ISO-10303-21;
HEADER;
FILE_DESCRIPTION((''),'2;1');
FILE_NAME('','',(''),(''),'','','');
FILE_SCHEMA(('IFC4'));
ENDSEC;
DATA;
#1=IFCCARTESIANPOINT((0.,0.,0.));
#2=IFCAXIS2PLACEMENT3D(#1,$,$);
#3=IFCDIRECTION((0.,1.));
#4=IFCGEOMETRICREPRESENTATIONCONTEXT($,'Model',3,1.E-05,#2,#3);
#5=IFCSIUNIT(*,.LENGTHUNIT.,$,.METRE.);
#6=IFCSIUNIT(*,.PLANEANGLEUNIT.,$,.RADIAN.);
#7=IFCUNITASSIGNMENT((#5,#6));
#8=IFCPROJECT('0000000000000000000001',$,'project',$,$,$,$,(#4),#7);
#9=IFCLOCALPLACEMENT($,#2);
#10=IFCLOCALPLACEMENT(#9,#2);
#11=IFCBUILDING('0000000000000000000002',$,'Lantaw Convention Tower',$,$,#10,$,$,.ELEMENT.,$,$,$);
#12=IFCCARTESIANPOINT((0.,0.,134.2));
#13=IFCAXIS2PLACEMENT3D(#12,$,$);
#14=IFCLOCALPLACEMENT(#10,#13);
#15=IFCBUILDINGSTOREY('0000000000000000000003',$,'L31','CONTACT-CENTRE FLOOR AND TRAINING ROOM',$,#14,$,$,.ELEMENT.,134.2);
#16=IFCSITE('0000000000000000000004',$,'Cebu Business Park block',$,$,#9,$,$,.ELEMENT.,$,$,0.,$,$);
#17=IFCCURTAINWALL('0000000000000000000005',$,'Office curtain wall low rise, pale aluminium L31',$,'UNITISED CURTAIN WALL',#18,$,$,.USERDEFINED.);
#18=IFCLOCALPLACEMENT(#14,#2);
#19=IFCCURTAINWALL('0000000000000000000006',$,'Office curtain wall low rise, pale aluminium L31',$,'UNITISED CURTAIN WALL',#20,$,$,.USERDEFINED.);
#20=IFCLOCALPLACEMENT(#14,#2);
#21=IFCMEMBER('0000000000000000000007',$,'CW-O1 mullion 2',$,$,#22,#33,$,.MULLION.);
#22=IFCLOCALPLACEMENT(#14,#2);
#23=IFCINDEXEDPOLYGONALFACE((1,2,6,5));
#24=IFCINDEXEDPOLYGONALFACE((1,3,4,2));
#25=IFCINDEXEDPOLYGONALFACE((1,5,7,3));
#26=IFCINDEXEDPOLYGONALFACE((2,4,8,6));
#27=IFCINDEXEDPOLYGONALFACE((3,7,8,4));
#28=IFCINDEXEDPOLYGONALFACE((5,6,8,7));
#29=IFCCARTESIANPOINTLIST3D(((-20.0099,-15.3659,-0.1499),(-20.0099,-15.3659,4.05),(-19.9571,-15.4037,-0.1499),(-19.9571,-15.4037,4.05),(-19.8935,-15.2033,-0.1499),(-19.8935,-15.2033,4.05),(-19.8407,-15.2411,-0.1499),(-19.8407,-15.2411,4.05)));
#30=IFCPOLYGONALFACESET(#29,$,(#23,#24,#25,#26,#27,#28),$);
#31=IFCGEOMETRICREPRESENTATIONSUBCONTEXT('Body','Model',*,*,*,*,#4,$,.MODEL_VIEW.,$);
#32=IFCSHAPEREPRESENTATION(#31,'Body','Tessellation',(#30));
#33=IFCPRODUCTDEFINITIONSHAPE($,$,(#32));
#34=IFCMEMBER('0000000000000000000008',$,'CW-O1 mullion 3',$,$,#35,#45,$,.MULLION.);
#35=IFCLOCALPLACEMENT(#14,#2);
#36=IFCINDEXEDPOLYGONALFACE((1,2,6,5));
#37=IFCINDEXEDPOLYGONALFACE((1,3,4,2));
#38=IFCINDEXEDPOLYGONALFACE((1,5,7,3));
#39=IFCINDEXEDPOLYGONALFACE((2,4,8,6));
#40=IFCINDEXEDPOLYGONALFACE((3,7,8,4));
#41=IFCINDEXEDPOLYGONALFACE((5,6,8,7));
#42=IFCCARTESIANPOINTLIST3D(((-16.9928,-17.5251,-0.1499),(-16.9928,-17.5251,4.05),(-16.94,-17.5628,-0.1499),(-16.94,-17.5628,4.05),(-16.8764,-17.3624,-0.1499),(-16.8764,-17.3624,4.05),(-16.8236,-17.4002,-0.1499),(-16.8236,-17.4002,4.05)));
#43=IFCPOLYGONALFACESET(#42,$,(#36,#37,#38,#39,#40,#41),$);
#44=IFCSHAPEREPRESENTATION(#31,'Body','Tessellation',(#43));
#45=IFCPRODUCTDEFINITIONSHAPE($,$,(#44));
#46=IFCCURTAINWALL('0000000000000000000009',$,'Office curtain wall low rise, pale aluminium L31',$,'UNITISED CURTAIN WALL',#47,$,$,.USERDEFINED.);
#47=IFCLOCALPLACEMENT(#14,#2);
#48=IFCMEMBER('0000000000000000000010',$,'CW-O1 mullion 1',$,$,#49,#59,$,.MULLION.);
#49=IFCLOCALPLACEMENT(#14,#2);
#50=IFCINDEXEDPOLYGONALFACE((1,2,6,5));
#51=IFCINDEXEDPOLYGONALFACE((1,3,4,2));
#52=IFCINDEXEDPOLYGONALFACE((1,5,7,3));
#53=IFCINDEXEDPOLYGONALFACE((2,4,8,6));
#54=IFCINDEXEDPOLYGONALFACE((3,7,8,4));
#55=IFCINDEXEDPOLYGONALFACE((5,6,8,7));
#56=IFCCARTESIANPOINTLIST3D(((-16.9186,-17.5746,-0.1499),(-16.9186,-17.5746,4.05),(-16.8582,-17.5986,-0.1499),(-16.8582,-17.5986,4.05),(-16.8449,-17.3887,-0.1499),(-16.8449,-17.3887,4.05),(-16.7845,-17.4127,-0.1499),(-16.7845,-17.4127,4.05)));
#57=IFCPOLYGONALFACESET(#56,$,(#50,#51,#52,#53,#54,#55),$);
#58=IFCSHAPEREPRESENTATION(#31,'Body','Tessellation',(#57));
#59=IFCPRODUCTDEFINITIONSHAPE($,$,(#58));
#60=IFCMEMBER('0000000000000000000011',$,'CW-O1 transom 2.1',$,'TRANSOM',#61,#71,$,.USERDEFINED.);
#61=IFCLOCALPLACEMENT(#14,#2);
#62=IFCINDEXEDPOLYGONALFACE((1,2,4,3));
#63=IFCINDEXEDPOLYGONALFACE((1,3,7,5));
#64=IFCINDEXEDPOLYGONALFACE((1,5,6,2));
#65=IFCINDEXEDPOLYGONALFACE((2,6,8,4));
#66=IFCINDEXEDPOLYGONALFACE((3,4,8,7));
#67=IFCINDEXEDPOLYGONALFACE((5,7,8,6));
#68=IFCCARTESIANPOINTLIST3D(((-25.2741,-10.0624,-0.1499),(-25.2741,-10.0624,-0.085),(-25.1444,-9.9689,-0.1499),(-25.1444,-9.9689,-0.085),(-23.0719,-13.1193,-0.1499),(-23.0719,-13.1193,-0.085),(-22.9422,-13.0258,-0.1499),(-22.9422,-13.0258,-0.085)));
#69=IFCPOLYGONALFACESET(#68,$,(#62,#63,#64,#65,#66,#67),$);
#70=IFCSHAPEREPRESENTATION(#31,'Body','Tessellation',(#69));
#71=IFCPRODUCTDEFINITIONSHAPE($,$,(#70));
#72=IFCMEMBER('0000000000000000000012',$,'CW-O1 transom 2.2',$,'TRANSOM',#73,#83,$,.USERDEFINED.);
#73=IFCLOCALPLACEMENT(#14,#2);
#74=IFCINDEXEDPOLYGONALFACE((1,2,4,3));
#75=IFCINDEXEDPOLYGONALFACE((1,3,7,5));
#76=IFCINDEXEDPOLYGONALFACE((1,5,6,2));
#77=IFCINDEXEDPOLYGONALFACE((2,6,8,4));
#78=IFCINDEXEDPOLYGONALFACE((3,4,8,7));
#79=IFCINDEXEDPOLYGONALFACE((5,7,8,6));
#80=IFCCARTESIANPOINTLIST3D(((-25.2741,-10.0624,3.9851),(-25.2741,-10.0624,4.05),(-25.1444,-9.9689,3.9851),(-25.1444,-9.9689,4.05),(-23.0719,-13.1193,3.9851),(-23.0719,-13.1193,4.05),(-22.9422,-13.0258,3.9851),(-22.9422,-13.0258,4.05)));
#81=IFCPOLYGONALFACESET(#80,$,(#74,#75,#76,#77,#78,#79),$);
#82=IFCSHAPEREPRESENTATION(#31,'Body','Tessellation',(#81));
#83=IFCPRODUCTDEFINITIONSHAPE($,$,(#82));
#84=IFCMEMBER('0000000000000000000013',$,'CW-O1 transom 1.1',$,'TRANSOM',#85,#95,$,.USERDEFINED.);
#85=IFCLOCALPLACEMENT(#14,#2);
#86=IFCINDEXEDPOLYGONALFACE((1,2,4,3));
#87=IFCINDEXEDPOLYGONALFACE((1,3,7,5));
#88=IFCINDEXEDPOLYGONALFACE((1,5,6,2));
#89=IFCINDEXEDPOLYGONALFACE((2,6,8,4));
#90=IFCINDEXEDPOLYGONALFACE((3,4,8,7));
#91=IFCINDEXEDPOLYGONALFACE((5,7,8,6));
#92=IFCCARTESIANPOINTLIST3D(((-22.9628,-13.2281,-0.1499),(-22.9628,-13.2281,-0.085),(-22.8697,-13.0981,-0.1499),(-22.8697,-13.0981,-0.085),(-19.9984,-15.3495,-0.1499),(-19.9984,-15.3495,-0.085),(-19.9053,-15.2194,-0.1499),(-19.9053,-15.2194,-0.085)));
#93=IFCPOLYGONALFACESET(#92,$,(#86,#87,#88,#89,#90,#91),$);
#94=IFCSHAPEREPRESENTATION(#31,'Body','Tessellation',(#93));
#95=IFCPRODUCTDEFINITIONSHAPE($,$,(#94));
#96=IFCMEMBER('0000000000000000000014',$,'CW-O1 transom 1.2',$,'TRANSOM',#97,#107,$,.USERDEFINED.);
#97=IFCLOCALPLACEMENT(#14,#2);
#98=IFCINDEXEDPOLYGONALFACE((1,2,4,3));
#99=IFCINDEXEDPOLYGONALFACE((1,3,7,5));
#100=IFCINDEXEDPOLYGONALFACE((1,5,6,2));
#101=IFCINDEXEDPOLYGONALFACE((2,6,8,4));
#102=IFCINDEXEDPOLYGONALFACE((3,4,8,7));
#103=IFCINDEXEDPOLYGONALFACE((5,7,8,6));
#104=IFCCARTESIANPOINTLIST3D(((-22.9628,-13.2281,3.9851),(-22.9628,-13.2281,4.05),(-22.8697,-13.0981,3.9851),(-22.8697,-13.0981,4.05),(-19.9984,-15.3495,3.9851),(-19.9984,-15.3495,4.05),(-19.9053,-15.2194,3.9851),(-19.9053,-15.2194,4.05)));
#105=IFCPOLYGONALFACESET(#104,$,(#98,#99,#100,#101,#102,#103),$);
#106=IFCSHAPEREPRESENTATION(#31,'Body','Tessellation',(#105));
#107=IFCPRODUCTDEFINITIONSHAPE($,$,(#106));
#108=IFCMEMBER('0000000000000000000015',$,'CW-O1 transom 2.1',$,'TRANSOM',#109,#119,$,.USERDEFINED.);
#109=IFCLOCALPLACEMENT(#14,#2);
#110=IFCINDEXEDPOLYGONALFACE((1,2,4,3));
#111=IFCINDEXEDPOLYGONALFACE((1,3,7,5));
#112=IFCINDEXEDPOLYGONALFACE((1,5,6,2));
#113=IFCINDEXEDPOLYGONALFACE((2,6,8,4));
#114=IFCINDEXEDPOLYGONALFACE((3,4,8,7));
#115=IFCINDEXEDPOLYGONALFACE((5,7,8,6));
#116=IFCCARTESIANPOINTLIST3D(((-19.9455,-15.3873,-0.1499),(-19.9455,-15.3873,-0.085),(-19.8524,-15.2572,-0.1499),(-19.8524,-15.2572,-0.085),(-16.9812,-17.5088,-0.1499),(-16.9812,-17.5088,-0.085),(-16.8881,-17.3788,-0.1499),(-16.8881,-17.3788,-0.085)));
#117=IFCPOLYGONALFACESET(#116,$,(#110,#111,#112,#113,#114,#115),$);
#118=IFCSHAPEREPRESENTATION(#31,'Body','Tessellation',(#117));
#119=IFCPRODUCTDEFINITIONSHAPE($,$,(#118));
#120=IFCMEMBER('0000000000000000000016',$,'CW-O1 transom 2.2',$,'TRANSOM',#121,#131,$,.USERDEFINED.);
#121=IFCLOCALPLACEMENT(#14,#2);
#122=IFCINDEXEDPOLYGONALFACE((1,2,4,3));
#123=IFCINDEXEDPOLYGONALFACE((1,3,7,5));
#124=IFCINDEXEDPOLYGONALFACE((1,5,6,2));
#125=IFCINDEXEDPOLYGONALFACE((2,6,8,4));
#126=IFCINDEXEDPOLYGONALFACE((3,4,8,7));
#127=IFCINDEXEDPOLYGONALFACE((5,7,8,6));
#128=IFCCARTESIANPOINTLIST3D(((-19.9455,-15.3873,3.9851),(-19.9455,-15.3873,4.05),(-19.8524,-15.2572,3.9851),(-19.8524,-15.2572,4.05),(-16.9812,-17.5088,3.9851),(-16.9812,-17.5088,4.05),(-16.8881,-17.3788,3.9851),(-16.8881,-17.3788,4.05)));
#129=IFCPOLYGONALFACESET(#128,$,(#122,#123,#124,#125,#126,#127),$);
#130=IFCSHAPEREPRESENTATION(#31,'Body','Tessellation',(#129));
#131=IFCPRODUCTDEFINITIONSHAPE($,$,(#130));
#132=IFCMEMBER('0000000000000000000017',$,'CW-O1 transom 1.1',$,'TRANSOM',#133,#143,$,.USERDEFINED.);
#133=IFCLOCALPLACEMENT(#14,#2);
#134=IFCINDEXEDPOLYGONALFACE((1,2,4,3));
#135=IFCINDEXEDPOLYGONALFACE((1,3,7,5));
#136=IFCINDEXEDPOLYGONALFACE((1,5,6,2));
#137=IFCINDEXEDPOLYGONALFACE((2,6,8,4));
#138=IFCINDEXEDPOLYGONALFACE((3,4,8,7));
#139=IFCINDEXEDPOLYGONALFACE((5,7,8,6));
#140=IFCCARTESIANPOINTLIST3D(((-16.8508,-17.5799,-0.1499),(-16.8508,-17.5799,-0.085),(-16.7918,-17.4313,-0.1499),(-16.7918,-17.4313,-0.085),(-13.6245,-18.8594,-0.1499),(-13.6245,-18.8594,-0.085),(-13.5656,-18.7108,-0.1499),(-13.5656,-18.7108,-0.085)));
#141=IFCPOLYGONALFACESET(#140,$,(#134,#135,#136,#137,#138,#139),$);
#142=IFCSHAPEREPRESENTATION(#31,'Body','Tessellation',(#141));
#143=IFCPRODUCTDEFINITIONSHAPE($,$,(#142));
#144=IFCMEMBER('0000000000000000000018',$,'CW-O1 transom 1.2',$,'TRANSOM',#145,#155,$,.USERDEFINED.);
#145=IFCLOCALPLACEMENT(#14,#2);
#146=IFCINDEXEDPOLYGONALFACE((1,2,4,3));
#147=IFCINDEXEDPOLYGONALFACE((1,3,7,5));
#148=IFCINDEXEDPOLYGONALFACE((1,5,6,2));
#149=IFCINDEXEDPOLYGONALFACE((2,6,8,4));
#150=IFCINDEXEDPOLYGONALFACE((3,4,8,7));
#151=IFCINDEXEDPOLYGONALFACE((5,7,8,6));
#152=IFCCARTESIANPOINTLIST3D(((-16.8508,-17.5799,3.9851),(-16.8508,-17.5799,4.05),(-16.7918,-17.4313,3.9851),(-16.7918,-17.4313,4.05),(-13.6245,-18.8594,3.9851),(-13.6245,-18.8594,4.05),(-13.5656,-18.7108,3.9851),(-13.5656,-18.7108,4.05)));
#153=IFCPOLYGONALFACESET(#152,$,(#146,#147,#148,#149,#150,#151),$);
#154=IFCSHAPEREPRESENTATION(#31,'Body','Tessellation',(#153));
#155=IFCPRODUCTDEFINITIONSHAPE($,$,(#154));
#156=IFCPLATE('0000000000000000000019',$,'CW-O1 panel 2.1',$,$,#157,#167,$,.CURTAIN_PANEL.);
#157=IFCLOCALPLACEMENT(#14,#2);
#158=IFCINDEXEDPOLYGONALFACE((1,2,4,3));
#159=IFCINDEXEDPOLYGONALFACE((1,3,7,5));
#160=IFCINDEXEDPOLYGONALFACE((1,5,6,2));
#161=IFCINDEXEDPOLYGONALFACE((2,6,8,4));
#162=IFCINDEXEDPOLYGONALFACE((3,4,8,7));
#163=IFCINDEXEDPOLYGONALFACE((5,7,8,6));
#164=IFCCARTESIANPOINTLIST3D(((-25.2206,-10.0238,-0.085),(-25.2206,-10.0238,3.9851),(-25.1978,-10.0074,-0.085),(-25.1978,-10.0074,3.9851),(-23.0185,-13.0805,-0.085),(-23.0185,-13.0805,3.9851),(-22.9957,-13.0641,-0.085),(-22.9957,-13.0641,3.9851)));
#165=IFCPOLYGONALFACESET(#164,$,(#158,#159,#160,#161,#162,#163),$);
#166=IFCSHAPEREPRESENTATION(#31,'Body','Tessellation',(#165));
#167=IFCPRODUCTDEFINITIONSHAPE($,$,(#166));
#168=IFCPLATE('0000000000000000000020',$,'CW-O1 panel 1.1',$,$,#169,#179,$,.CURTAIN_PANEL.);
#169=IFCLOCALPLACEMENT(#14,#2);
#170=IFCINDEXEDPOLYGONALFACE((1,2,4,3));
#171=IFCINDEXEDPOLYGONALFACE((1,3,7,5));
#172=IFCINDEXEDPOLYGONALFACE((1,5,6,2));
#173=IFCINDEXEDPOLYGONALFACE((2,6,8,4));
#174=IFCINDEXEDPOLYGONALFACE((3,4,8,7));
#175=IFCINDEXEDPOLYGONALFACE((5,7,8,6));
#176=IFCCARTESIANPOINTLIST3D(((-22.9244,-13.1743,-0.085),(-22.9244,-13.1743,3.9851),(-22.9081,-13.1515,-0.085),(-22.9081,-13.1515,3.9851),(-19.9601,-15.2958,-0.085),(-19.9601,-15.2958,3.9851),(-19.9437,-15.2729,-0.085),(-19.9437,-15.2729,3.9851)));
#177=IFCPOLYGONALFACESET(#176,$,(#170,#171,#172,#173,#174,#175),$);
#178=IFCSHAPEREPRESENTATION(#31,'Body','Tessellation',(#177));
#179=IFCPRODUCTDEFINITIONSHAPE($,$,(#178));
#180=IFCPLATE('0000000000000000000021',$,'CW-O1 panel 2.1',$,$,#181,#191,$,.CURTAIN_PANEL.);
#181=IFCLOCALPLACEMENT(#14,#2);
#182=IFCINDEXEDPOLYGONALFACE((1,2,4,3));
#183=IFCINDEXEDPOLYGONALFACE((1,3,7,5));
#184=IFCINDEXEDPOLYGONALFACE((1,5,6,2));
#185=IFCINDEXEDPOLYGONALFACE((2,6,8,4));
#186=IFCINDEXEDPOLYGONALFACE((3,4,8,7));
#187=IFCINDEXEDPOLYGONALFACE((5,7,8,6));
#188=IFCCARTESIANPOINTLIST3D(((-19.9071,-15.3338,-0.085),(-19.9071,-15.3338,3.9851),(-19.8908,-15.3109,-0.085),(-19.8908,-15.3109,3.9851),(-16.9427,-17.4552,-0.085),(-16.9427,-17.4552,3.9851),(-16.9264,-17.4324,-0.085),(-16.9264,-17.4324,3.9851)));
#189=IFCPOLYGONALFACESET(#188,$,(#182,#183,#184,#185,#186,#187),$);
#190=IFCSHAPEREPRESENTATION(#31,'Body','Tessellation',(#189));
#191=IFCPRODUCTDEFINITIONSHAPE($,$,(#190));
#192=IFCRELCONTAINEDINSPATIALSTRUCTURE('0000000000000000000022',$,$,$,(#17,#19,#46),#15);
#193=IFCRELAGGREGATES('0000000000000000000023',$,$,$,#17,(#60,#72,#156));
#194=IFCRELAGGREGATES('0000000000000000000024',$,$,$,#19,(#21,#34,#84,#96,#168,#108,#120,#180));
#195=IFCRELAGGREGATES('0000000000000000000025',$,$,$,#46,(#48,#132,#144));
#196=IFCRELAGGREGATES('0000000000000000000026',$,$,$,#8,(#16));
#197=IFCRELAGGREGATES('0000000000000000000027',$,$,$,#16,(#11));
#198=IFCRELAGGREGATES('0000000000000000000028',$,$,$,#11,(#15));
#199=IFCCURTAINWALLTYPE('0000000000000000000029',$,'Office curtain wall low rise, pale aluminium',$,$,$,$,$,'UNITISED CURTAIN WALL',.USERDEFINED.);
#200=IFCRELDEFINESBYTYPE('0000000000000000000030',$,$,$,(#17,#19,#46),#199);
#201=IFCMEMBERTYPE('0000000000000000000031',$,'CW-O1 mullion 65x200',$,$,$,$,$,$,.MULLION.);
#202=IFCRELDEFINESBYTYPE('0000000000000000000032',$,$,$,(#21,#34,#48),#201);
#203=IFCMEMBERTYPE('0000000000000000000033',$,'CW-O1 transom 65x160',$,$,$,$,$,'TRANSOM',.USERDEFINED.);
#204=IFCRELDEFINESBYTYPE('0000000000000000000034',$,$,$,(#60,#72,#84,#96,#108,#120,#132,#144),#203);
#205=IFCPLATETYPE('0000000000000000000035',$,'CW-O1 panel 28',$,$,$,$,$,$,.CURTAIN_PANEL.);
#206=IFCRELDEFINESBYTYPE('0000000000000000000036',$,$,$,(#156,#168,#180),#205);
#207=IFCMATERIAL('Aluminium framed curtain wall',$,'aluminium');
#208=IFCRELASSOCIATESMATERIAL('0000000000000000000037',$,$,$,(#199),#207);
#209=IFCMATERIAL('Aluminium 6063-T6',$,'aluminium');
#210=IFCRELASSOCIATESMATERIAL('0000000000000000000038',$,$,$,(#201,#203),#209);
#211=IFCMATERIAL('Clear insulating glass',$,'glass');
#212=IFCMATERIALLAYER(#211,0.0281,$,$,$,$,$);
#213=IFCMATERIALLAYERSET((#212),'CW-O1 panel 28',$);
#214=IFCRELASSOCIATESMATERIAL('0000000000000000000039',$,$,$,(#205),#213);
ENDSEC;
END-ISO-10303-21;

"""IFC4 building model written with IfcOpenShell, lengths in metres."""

from ifc_helpers import new_model, si_unit, direction, frame, origin, origin_2d, place, context, subcontext, project, spatial, rectangle, extrude, material, layer, layer_set, material_profile, profile_set, type_object, element, aggregate, save


model = new_model("IFC4")

# Units and contexts
model_context = context("Model", 3, precision=1e-05, world=origin(), true_north=direction((0.0, 1.0)))
body_context = subcontext(model_context, "Body", "Model", "MODEL_VIEW")
ifc_project = project(units=[si_unit("LENGTHUNIT", "METRE"), si_unit("PLANEANGLEUNIT", "RADIAN")], contexts=[model_context])

# Site, building, storey
site_placement = place(None, origin())
site = spatial("IfcSite", under=ifc_project, at=site_placement, Name="Cebu Business Park block", CompositionType="ELEMENT", RefElevation=0.0)
building_placement = place(site_placement, origin())
building = spatial("IfcBuilding", under=site, at=building_placement, Name="Lantaw Convention Tower", CompositionType="ELEMENT")
storey_placement = place(building_placement, frame((0.0, 0.0, 134.2)))
storey = spatial("IfcBuildingStorey", under=building, at=storey_placement, Name="L31", Description="CONTACT-CENTRE FLOOR AND TRAINING ROOM", CompositionType="ELEMENT", Elevation=134.2)

# Curtain walls, members
ifc_material_1 = material(Name="Aluminium framed curtain wall", Category="aluminium")
curtain_wall_type = type_object("IfcCurtainWallType", Name="Office curtain wall low rise, pale aluminium", ElementType="UNITISED CURTAIN WALL", PredefinedType="USERDEFINED", material=ifc_material_1)
curtain_wall_1_placement = place(storey_placement, origin())
curtain_wall_1 = element("IfcCurtainWall", 1, at=curtain_wall_1_placement, inside=storey, type_object=curtain_wall_type, Name="Office curtain wall low rise, pale aluminium L31", ObjectType="UNITISED CURTAIN WALL", PredefinedType="USERDEFINED")
ifc_material_2 = material(Name="Aluminium 6063-T6", Category="aluminium")
ifc_material_profile_1 = material_profile(ifc_material_2, rectangle(XDim=0.2, YDim=0.0649, at=origin_2d()), Name="CW-O1 mullion 65x200")
ifc_profile_set_1 = profile_set([ifc_material_profile_1], Name="Aluminium 6063-T6")
member_type_1 = type_object("IfcMemberType", Name="CW-O1 mullion 65x200", PredefinedType="MULLION", material=ifc_profile_set_1)
curtain_wall_2_placement = place(storey_placement, origin())
curtain_wall_2 = element("IfcCurtainWall", 2, at=curtain_wall_2_placement, inside=storey, type_object=curtain_wall_type, Name="Office curtain wall low rise, pale aluminium L31", ObjectType="UNITISED CURTAIN WALL", PredefinedType="USERDEFINED")
member_1_placement = place(storey_placement, frame((-19.9253, -15.3035, -0.1499), z_axis=(0.0, 0.0, 1.0), x_axis=(0.581973, 0.813208, 0.0)))
member_1 = element("IfcMember", 3, at=member_1_placement, type_object=member_type_1, Name="CW-O1 mullion 2", PredefinedType="MULLION", context=body_context, shape_type="SweptSolid", body=[
    extrude(rectangle(XDim=0.2, YDim=0.0649, at=origin_2d()), origin(), (0.0, 0.0, 1.0), 4.2),
])
member_2_placement = place(storey_placement, frame((-16.9082, -17.4626, -0.1499), z_axis=(0.0, 0.0, 1.0), x_axis=(0.581973, 0.813208, 0.0)))
member_2 = element("IfcMember", 4, at=member_2_placement, type_object=member_type_1, Name="CW-O1 mullion 3", PredefinedType="MULLION", context=body_context, shape_type="SweptSolid", body=[
    extrude(rectangle(XDim=0.2, YDim=0.0649, at=origin_2d()), origin(), (0.0, 0.0, 1.0), 4.2),
])

# Curtain wall, member
curtain_wall_3_placement = place(storey_placement, origin())
curtain_wall_3 = element("IfcCurtainWall", 5, at=curtain_wall_3_placement, inside=storey, type_object=curtain_wall_type, Name="Office curtain wall low rise, pale aluminium L31", ObjectType="UNITISED CURTAIN WALL", PredefinedType="USERDEFINED")
member_3_placement = place(storey_placement, frame((-16.8516, -17.4937, -0.1499), z_axis=(0.0, 0.0, 1.0), x_axis=(0.368702, 0.929548, 0.0)))
member_3 = element("IfcMember", 6, at=member_3_placement, type_object=member_type_1, Name="CW-O1 mullion 1", PredefinedType="MULLION", context=body_context, shape_type="SweptSolid", body=[
    extrude(rectangle(XDim=0.2, YDim=0.0649, at=origin_2d()), origin(), (0.0, 0.0, 1.0), 4.2),
])

# Members
ifc_material_profile_2 = material_profile(ifc_material_2, rectangle(XDim=0.1599, YDim=0.0649, at=origin_2d()), Name="CW-O1 transom 65x160")
ifc_profile_set_2 = profile_set([ifc_material_profile_2], Name="Aluminium 6063-T6")
member_type_2 = type_object("IfcMemberType", Name="CW-O1 transom 65x160", ElementType="TRANSOM", PredefinedType="USERDEFINED", material=ifc_profile_set_2)
member_4_placement = place(storey_placement, frame((-25.2092, -10.0156, -0.1174), z_axis=(0.584513, -0.811384, 0.0), x_axis=(0.811384, 0.584513, 0.0)))
member_4 = element("IfcMember", 7, at=member_4_placement, type_object=member_type_2, Name="CW-O1 transom 2.1", ObjectType="TRANSOM", PredefinedType="USERDEFINED", context=body_context, shape_type="SweptSolid", body=[
    extrude(rectangle(XDim=0.1599, YDim=0.0649, at=origin_2d()), origin(), (0.0, 0.0, 1.0), 3.7676),
])
member_5_placement = place(storey_placement, frame((-25.2092, -10.0156, 4.0176), z_axis=(0.584513, -0.811384, 0.0), x_axis=(0.811384, 0.584513, 0.0)))
member_5 = element("IfcMember", 8, at=member_5_placement, type_object=member_type_2, Name="CW-O1 transom 2.2", ObjectType="TRANSOM", PredefinedType="USERDEFINED", context=body_context, shape_type="SweptSolid", body=[
    extrude(rectangle(XDim=0.1599, YDim=0.0649, at=origin_2d()), origin(), (0.0, 0.0, 1.0), 3.7676),
])
member_6_placement = place(storey_placement, frame((-22.9163, -13.1631, -0.1174), z_axis=(0.813222, -0.581954, 0.0), x_axis=(0.581954, 0.813222, 0.0)))
member_6 = element("IfcMember", 9, at=member_6_placement, type_object=member_type_2, Name="CW-O1 transom 1.1", ObjectType="TRANSOM", PredefinedType="USERDEFINED", context=body_context, shape_type="SweptSolid", body=[
    extrude(rectangle(XDim=0.1599, YDim=0.0649, at=origin_2d()), origin(), (0.0, 0.0, 1.0), 3.6453),
])
member_7_placement = place(storey_placement, frame((-22.9163, -13.1631, 4.0176), z_axis=(0.813222, -0.581954, 0.0), x_axis=(0.581954, 0.813222, 0.0)))
member_7 = element("IfcMember", 10, at=member_7_placement, type_object=member_type_2, Name="CW-O1 transom 1.2", ObjectType="TRANSOM", PredefinedType="USERDEFINED", context=body_context, shape_type="SweptSolid", body=[
    extrude(rectangle(XDim=0.1599, YDim=0.0649, at=origin_2d()), origin(), (0.0, 0.0, 1.0), 3.6453),
])
member_8_placement = place(storey_placement, frame((-19.8989, -15.3223, -0.1174), z_axis=(0.81319, -0.581998, 0.0), x_axis=(0.581998, 0.81319, 0.0)))
member_8 = element("IfcMember", 11, at=member_8_placement, type_object=member_type_2, Name="CW-O1 transom 2.1", ObjectType="TRANSOM", PredefinedType="USERDEFINED", context=body_context, shape_type="SweptSolid", body=[
    extrude(rectangle(XDim=0.1599, YDim=0.0649, at=origin_2d()), origin(), (0.0, 0.0, 1.0), 3.6453),
])
member_9_placement = place(storey_placement, frame((-19.8989, -15.3223, 4.0176), z_axis=(0.81319, -0.581998, 0.0), x_axis=(0.581998, 0.81319, 0.0)))
member_9 = element("IfcMember", 12, at=member_9_placement, type_object=member_type_2, Name="CW-O1 transom 2.2", ObjectType="TRANSOM", PredefinedType="USERDEFINED", context=body_context, shape_type="SweptSolid", body=[
    extrude(rectangle(XDim=0.1599, YDim=0.0649, at=origin_2d()), origin(), (0.0, 0.0, 1.0), 3.6453),
])
member_10_placement = place(storey_placement, frame((-16.8213, -17.5056, -0.1174), z_axis=(0.929564, -0.36866, 0.0), x_axis=(0.36866, 0.929564, 0.0)))
member_10 = element("IfcMember", 13, at=member_10_placement, type_object=member_type_2, Name="CW-O1 transom 1.1", ObjectType="TRANSOM", PredefinedType="USERDEFINED", context=body_context, shape_type="SweptSolid", body=[
    extrude(rectangle(XDim=0.1599, YDim=0.0649, at=origin_2d()), origin(), (0.0, 0.0, 1.0), 3.4707),
])
member_11_placement = place(storey_placement, frame((-16.8213, -17.5056, 4.0176), z_axis=(0.929564, -0.36866, 0.0), x_axis=(0.36866, 0.929564, 0.0)))
member_11 = element("IfcMember", 14, at=member_11_placement, type_object=member_type_2, Name="CW-O1 transom 1.2", ObjectType="TRANSOM", PredefinedType="USERDEFINED", context=body_context, shape_type="SweptSolid", body=[
    extrude(rectangle(XDim=0.1599, YDim=0.0649, at=origin_2d()), origin(), (0.0, 0.0, 1.0), 3.4707),
])

# Plates
ifc_material_3 = material(Name="Clear insulating glass", Category="glass")
ifc_layer_1 = layer(ifc_material_3, 0.0281)
ifc_layer_set_1 = layer_set([ifc_layer_1], Name="CW-O1 panel 28")
plate_type_1 = type_object("IfcPlateType", Name="CW-O1 panel 28", PredefinedType="CURTAIN_PANEL", material=ifc_layer_set_1)
plate_1_placement = place(storey_placement, frame((-24.1082, -11.5439, -0.085), z_axis=(0.0, 0.0, 1.0), x_axis=(0.584513, -0.811385, 0.0)))
plate_1 = element("IfcPlate", 15, at=plate_1_placement, type_object=plate_type_1, Name="CW-O1 panel 2.1", PredefinedType="CURTAIN_PANEL", context=body_context, shape_type="SweptSolid", body=[
    extrude(rectangle(XDim=3.7673, YDim=0.0281, at=origin_2d()), origin(), (0.0, 0.0, 1.0), 4.0701),
])
aggregate(curtain_wall_1, [member_4, member_5, plate_1])
plate_2_placement = place(storey_placement, frame((-21.4341, -14.2236, -0.085), z_axis=(0.0, 0.0, 1.0), x_axis=(0.813208, -0.581973, 0.0)))
plate_2 = element("IfcPlate", 16, at=plate_2_placement, type_object=plate_type_1, Name="CW-O1 panel 1.1", PredefinedType="CURTAIN_PANEL", context=body_context, shape_type="SweptSolid", body=[
    extrude(rectangle(XDim=3.6453, YDim=0.0281, at=origin_2d()), origin(), (0.0, 0.0, 1.0), 4.0701),
])
plate_3_placement = place(storey_placement, frame((-18.4167, -16.3831, -0.085), z_axis=(0.0, 0.0, 1.0), x_axis=(0.813208, -0.581973, 0.0)))
plate_3 = element("IfcPlate", 17, at=plate_3_placement, type_object=plate_type_1, Name="CW-O1 panel 2.1", PredefinedType="CURTAIN_PANEL", context=body_context, shape_type="SweptSolid", body=[
    extrude(rectangle(XDim=3.6453, YDim=0.0281, at=origin_2d()), origin(), (0.0, 0.0, 1.0), 4.0701),
])
aggregate(curtain_wall_2, [member_1, member_2, member_6, member_7, plate_2, member_8, member_9, plate_3])
aggregate(curtain_wall_3, [member_3, member_10, member_11])

save(model, "model.ifc")
